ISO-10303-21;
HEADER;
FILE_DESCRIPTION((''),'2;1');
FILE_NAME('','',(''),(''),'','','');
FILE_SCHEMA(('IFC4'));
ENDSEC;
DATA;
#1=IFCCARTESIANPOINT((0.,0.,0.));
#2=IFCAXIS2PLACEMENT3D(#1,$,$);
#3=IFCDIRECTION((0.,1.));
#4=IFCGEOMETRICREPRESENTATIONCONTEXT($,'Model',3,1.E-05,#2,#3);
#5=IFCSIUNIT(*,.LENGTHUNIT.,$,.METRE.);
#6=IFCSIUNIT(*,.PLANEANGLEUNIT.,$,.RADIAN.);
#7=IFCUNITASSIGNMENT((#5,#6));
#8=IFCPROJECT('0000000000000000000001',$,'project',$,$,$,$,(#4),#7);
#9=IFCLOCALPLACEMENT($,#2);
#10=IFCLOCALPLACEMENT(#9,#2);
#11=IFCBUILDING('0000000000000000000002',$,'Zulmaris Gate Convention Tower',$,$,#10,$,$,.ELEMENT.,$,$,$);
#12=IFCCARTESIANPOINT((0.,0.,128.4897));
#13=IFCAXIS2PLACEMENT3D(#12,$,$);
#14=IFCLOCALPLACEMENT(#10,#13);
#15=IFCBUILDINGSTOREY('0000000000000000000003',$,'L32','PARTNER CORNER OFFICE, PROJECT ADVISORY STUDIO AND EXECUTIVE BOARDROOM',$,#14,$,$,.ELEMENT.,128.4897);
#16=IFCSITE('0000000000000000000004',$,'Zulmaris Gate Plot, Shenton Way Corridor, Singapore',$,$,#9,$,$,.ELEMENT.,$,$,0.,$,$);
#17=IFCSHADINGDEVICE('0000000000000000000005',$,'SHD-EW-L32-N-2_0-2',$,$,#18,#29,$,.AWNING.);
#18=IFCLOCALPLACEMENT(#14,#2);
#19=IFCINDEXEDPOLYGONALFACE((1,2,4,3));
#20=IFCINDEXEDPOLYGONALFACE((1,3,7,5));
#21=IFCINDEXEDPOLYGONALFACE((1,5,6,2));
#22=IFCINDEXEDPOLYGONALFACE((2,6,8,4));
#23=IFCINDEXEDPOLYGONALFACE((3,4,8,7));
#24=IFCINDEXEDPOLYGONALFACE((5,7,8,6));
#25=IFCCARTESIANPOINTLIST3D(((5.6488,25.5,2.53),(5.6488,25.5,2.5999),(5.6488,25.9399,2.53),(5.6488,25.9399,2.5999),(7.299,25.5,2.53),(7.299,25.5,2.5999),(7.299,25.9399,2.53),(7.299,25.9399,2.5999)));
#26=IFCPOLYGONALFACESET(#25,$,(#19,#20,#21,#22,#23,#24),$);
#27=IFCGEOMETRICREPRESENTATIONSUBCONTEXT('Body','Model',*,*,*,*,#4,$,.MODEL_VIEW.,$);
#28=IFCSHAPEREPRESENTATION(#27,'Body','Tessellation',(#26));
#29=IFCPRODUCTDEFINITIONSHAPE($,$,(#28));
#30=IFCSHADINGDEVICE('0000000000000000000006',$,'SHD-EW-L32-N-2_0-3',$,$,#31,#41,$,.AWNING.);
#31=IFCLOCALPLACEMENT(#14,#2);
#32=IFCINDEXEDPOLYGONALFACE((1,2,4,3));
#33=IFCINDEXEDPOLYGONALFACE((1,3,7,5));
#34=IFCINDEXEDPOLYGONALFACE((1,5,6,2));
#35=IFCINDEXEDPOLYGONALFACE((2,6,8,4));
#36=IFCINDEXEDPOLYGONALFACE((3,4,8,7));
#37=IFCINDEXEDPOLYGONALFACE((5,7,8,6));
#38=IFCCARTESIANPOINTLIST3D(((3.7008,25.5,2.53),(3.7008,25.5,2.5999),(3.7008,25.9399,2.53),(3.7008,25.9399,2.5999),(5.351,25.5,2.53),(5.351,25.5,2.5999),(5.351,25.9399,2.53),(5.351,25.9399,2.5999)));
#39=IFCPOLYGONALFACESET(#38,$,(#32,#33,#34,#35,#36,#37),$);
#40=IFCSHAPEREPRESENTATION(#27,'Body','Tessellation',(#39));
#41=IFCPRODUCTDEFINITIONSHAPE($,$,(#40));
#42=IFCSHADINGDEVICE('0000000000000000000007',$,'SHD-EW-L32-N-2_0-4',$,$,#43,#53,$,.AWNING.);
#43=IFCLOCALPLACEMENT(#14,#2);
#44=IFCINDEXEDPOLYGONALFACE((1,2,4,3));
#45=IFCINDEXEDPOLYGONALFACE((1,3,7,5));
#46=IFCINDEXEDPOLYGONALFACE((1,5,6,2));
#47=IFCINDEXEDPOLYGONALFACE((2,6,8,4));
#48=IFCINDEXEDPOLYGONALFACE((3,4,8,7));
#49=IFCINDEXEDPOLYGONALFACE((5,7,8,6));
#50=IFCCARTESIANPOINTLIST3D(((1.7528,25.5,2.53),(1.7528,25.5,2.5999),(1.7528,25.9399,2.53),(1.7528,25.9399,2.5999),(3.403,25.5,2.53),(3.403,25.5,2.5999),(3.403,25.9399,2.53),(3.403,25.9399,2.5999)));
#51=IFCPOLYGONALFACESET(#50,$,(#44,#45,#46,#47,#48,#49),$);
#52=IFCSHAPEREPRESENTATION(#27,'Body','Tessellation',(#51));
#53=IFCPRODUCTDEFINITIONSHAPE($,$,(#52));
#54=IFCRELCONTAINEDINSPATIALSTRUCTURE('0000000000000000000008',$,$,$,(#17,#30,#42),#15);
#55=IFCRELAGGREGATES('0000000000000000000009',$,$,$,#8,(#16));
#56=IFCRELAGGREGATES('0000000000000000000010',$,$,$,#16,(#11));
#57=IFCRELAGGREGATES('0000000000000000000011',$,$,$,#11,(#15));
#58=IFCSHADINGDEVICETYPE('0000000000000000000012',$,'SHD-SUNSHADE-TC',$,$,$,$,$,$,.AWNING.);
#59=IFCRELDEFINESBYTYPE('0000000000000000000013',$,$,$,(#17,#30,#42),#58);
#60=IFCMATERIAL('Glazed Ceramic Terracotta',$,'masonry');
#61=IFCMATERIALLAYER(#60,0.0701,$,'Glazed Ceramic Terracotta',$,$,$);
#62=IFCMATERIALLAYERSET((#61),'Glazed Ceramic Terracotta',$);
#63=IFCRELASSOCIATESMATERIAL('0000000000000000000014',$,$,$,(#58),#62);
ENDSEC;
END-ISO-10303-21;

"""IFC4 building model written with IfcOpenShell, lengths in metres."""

from ifc_helpers import new_model, si_unit, direction, frame, frame_2d, origin, place, context, subcontext, project, spatial, rectangle, extrude, material, layer, layer_set, type_object, element, save


model = new_model("IFC4")

# Units and contexts
model_context = context("Model", 3, precision=1e-05, world=origin(), true_north=direction((0.0, 1.0)))
body_context = subcontext(model_context, "Body", "Model", "MODEL_VIEW")
ifc_project = project(units=[si_unit("LENGTHUNIT", "METRE"), si_unit("PLANEANGLEUNIT", "RADIAN")], contexts=[model_context])

# Site, building, storey
site_placement = place(None, origin())
site = spatial("IfcSite", under=ifc_project, at=site_placement, Name="Zulmaris Gate Plot, Shenton Way Corridor, Singapore", CompositionType="ELEMENT", RefElevation=0.0)
building_placement = place(site_placement, origin())
building = spatial("IfcBuilding", under=site, at=building_placement, Name="Zulmaris Gate Convention Tower", CompositionType="ELEMENT")
storey_placement = place(building_placement, frame((0.0, 0.0, 128.4897)))
storey = spatial("IfcBuildingStorey", under=building, at=storey_placement, Name="L32", Description="PARTNER CORNER OFFICE, PROJECT ADVISORY STUDIO AND EXECUTIVE BOARDROOM", CompositionType="ELEMENT", Elevation=128.4897)

# Shading devices
ifc_material_1 = material(Name="Glazed Ceramic Terracotta", Category="masonry")
ifc_layer_1 = layer(ifc_material_1, 0.0701, Name="Glazed Ceramic Terracotta")
ifc_layer_set_1 = layer_set([ifc_layer_1], Name="Glazed Ceramic Terracotta")
shading_device_type = type_object("IfcShadingDeviceType", Name="SHD-SUNSHADE-TC", PredefinedType="AWNING", material=ifc_layer_set_1)
for number, where, z_axis, x_axis, name in (
    (1, (7.2991, 25.72, 2.53), (0.0, 0.0, 1.0), (-1.0, 0.0, 0.0), "SHD-EW-L32-N-2_0-2"),
    (2, (5.3511, 25.72, 2.53), (0.0, 0.0, 1.0), (-1.0, 0.0, 0.0), "SHD-EW-L32-N-2_0-3"),
    (3, (3.4031, 25.72, 2.53), (0.0, 0.0, 1.0), (-1.0, 0.0, 0.0), "SHD-EW-L32-N-2_0-4"),
):
    element("IfcShadingDevice", number, at=place(storey_placement, frame(where, z_axis=z_axis, x_axis=x_axis)), inside=storey, type_object=shading_device_type, Name=name, PredefinedType="AWNING", context=body_context, shape_type="SweptSolid", body=[
        extrude(rectangle(XDim=1.6501, YDim=0.4399, at=frame_2d((0.8252, 0.0))), origin(), (0.0, 0.0, 1.0), 0.0698),
    ])

save(model, "model.ifc")
